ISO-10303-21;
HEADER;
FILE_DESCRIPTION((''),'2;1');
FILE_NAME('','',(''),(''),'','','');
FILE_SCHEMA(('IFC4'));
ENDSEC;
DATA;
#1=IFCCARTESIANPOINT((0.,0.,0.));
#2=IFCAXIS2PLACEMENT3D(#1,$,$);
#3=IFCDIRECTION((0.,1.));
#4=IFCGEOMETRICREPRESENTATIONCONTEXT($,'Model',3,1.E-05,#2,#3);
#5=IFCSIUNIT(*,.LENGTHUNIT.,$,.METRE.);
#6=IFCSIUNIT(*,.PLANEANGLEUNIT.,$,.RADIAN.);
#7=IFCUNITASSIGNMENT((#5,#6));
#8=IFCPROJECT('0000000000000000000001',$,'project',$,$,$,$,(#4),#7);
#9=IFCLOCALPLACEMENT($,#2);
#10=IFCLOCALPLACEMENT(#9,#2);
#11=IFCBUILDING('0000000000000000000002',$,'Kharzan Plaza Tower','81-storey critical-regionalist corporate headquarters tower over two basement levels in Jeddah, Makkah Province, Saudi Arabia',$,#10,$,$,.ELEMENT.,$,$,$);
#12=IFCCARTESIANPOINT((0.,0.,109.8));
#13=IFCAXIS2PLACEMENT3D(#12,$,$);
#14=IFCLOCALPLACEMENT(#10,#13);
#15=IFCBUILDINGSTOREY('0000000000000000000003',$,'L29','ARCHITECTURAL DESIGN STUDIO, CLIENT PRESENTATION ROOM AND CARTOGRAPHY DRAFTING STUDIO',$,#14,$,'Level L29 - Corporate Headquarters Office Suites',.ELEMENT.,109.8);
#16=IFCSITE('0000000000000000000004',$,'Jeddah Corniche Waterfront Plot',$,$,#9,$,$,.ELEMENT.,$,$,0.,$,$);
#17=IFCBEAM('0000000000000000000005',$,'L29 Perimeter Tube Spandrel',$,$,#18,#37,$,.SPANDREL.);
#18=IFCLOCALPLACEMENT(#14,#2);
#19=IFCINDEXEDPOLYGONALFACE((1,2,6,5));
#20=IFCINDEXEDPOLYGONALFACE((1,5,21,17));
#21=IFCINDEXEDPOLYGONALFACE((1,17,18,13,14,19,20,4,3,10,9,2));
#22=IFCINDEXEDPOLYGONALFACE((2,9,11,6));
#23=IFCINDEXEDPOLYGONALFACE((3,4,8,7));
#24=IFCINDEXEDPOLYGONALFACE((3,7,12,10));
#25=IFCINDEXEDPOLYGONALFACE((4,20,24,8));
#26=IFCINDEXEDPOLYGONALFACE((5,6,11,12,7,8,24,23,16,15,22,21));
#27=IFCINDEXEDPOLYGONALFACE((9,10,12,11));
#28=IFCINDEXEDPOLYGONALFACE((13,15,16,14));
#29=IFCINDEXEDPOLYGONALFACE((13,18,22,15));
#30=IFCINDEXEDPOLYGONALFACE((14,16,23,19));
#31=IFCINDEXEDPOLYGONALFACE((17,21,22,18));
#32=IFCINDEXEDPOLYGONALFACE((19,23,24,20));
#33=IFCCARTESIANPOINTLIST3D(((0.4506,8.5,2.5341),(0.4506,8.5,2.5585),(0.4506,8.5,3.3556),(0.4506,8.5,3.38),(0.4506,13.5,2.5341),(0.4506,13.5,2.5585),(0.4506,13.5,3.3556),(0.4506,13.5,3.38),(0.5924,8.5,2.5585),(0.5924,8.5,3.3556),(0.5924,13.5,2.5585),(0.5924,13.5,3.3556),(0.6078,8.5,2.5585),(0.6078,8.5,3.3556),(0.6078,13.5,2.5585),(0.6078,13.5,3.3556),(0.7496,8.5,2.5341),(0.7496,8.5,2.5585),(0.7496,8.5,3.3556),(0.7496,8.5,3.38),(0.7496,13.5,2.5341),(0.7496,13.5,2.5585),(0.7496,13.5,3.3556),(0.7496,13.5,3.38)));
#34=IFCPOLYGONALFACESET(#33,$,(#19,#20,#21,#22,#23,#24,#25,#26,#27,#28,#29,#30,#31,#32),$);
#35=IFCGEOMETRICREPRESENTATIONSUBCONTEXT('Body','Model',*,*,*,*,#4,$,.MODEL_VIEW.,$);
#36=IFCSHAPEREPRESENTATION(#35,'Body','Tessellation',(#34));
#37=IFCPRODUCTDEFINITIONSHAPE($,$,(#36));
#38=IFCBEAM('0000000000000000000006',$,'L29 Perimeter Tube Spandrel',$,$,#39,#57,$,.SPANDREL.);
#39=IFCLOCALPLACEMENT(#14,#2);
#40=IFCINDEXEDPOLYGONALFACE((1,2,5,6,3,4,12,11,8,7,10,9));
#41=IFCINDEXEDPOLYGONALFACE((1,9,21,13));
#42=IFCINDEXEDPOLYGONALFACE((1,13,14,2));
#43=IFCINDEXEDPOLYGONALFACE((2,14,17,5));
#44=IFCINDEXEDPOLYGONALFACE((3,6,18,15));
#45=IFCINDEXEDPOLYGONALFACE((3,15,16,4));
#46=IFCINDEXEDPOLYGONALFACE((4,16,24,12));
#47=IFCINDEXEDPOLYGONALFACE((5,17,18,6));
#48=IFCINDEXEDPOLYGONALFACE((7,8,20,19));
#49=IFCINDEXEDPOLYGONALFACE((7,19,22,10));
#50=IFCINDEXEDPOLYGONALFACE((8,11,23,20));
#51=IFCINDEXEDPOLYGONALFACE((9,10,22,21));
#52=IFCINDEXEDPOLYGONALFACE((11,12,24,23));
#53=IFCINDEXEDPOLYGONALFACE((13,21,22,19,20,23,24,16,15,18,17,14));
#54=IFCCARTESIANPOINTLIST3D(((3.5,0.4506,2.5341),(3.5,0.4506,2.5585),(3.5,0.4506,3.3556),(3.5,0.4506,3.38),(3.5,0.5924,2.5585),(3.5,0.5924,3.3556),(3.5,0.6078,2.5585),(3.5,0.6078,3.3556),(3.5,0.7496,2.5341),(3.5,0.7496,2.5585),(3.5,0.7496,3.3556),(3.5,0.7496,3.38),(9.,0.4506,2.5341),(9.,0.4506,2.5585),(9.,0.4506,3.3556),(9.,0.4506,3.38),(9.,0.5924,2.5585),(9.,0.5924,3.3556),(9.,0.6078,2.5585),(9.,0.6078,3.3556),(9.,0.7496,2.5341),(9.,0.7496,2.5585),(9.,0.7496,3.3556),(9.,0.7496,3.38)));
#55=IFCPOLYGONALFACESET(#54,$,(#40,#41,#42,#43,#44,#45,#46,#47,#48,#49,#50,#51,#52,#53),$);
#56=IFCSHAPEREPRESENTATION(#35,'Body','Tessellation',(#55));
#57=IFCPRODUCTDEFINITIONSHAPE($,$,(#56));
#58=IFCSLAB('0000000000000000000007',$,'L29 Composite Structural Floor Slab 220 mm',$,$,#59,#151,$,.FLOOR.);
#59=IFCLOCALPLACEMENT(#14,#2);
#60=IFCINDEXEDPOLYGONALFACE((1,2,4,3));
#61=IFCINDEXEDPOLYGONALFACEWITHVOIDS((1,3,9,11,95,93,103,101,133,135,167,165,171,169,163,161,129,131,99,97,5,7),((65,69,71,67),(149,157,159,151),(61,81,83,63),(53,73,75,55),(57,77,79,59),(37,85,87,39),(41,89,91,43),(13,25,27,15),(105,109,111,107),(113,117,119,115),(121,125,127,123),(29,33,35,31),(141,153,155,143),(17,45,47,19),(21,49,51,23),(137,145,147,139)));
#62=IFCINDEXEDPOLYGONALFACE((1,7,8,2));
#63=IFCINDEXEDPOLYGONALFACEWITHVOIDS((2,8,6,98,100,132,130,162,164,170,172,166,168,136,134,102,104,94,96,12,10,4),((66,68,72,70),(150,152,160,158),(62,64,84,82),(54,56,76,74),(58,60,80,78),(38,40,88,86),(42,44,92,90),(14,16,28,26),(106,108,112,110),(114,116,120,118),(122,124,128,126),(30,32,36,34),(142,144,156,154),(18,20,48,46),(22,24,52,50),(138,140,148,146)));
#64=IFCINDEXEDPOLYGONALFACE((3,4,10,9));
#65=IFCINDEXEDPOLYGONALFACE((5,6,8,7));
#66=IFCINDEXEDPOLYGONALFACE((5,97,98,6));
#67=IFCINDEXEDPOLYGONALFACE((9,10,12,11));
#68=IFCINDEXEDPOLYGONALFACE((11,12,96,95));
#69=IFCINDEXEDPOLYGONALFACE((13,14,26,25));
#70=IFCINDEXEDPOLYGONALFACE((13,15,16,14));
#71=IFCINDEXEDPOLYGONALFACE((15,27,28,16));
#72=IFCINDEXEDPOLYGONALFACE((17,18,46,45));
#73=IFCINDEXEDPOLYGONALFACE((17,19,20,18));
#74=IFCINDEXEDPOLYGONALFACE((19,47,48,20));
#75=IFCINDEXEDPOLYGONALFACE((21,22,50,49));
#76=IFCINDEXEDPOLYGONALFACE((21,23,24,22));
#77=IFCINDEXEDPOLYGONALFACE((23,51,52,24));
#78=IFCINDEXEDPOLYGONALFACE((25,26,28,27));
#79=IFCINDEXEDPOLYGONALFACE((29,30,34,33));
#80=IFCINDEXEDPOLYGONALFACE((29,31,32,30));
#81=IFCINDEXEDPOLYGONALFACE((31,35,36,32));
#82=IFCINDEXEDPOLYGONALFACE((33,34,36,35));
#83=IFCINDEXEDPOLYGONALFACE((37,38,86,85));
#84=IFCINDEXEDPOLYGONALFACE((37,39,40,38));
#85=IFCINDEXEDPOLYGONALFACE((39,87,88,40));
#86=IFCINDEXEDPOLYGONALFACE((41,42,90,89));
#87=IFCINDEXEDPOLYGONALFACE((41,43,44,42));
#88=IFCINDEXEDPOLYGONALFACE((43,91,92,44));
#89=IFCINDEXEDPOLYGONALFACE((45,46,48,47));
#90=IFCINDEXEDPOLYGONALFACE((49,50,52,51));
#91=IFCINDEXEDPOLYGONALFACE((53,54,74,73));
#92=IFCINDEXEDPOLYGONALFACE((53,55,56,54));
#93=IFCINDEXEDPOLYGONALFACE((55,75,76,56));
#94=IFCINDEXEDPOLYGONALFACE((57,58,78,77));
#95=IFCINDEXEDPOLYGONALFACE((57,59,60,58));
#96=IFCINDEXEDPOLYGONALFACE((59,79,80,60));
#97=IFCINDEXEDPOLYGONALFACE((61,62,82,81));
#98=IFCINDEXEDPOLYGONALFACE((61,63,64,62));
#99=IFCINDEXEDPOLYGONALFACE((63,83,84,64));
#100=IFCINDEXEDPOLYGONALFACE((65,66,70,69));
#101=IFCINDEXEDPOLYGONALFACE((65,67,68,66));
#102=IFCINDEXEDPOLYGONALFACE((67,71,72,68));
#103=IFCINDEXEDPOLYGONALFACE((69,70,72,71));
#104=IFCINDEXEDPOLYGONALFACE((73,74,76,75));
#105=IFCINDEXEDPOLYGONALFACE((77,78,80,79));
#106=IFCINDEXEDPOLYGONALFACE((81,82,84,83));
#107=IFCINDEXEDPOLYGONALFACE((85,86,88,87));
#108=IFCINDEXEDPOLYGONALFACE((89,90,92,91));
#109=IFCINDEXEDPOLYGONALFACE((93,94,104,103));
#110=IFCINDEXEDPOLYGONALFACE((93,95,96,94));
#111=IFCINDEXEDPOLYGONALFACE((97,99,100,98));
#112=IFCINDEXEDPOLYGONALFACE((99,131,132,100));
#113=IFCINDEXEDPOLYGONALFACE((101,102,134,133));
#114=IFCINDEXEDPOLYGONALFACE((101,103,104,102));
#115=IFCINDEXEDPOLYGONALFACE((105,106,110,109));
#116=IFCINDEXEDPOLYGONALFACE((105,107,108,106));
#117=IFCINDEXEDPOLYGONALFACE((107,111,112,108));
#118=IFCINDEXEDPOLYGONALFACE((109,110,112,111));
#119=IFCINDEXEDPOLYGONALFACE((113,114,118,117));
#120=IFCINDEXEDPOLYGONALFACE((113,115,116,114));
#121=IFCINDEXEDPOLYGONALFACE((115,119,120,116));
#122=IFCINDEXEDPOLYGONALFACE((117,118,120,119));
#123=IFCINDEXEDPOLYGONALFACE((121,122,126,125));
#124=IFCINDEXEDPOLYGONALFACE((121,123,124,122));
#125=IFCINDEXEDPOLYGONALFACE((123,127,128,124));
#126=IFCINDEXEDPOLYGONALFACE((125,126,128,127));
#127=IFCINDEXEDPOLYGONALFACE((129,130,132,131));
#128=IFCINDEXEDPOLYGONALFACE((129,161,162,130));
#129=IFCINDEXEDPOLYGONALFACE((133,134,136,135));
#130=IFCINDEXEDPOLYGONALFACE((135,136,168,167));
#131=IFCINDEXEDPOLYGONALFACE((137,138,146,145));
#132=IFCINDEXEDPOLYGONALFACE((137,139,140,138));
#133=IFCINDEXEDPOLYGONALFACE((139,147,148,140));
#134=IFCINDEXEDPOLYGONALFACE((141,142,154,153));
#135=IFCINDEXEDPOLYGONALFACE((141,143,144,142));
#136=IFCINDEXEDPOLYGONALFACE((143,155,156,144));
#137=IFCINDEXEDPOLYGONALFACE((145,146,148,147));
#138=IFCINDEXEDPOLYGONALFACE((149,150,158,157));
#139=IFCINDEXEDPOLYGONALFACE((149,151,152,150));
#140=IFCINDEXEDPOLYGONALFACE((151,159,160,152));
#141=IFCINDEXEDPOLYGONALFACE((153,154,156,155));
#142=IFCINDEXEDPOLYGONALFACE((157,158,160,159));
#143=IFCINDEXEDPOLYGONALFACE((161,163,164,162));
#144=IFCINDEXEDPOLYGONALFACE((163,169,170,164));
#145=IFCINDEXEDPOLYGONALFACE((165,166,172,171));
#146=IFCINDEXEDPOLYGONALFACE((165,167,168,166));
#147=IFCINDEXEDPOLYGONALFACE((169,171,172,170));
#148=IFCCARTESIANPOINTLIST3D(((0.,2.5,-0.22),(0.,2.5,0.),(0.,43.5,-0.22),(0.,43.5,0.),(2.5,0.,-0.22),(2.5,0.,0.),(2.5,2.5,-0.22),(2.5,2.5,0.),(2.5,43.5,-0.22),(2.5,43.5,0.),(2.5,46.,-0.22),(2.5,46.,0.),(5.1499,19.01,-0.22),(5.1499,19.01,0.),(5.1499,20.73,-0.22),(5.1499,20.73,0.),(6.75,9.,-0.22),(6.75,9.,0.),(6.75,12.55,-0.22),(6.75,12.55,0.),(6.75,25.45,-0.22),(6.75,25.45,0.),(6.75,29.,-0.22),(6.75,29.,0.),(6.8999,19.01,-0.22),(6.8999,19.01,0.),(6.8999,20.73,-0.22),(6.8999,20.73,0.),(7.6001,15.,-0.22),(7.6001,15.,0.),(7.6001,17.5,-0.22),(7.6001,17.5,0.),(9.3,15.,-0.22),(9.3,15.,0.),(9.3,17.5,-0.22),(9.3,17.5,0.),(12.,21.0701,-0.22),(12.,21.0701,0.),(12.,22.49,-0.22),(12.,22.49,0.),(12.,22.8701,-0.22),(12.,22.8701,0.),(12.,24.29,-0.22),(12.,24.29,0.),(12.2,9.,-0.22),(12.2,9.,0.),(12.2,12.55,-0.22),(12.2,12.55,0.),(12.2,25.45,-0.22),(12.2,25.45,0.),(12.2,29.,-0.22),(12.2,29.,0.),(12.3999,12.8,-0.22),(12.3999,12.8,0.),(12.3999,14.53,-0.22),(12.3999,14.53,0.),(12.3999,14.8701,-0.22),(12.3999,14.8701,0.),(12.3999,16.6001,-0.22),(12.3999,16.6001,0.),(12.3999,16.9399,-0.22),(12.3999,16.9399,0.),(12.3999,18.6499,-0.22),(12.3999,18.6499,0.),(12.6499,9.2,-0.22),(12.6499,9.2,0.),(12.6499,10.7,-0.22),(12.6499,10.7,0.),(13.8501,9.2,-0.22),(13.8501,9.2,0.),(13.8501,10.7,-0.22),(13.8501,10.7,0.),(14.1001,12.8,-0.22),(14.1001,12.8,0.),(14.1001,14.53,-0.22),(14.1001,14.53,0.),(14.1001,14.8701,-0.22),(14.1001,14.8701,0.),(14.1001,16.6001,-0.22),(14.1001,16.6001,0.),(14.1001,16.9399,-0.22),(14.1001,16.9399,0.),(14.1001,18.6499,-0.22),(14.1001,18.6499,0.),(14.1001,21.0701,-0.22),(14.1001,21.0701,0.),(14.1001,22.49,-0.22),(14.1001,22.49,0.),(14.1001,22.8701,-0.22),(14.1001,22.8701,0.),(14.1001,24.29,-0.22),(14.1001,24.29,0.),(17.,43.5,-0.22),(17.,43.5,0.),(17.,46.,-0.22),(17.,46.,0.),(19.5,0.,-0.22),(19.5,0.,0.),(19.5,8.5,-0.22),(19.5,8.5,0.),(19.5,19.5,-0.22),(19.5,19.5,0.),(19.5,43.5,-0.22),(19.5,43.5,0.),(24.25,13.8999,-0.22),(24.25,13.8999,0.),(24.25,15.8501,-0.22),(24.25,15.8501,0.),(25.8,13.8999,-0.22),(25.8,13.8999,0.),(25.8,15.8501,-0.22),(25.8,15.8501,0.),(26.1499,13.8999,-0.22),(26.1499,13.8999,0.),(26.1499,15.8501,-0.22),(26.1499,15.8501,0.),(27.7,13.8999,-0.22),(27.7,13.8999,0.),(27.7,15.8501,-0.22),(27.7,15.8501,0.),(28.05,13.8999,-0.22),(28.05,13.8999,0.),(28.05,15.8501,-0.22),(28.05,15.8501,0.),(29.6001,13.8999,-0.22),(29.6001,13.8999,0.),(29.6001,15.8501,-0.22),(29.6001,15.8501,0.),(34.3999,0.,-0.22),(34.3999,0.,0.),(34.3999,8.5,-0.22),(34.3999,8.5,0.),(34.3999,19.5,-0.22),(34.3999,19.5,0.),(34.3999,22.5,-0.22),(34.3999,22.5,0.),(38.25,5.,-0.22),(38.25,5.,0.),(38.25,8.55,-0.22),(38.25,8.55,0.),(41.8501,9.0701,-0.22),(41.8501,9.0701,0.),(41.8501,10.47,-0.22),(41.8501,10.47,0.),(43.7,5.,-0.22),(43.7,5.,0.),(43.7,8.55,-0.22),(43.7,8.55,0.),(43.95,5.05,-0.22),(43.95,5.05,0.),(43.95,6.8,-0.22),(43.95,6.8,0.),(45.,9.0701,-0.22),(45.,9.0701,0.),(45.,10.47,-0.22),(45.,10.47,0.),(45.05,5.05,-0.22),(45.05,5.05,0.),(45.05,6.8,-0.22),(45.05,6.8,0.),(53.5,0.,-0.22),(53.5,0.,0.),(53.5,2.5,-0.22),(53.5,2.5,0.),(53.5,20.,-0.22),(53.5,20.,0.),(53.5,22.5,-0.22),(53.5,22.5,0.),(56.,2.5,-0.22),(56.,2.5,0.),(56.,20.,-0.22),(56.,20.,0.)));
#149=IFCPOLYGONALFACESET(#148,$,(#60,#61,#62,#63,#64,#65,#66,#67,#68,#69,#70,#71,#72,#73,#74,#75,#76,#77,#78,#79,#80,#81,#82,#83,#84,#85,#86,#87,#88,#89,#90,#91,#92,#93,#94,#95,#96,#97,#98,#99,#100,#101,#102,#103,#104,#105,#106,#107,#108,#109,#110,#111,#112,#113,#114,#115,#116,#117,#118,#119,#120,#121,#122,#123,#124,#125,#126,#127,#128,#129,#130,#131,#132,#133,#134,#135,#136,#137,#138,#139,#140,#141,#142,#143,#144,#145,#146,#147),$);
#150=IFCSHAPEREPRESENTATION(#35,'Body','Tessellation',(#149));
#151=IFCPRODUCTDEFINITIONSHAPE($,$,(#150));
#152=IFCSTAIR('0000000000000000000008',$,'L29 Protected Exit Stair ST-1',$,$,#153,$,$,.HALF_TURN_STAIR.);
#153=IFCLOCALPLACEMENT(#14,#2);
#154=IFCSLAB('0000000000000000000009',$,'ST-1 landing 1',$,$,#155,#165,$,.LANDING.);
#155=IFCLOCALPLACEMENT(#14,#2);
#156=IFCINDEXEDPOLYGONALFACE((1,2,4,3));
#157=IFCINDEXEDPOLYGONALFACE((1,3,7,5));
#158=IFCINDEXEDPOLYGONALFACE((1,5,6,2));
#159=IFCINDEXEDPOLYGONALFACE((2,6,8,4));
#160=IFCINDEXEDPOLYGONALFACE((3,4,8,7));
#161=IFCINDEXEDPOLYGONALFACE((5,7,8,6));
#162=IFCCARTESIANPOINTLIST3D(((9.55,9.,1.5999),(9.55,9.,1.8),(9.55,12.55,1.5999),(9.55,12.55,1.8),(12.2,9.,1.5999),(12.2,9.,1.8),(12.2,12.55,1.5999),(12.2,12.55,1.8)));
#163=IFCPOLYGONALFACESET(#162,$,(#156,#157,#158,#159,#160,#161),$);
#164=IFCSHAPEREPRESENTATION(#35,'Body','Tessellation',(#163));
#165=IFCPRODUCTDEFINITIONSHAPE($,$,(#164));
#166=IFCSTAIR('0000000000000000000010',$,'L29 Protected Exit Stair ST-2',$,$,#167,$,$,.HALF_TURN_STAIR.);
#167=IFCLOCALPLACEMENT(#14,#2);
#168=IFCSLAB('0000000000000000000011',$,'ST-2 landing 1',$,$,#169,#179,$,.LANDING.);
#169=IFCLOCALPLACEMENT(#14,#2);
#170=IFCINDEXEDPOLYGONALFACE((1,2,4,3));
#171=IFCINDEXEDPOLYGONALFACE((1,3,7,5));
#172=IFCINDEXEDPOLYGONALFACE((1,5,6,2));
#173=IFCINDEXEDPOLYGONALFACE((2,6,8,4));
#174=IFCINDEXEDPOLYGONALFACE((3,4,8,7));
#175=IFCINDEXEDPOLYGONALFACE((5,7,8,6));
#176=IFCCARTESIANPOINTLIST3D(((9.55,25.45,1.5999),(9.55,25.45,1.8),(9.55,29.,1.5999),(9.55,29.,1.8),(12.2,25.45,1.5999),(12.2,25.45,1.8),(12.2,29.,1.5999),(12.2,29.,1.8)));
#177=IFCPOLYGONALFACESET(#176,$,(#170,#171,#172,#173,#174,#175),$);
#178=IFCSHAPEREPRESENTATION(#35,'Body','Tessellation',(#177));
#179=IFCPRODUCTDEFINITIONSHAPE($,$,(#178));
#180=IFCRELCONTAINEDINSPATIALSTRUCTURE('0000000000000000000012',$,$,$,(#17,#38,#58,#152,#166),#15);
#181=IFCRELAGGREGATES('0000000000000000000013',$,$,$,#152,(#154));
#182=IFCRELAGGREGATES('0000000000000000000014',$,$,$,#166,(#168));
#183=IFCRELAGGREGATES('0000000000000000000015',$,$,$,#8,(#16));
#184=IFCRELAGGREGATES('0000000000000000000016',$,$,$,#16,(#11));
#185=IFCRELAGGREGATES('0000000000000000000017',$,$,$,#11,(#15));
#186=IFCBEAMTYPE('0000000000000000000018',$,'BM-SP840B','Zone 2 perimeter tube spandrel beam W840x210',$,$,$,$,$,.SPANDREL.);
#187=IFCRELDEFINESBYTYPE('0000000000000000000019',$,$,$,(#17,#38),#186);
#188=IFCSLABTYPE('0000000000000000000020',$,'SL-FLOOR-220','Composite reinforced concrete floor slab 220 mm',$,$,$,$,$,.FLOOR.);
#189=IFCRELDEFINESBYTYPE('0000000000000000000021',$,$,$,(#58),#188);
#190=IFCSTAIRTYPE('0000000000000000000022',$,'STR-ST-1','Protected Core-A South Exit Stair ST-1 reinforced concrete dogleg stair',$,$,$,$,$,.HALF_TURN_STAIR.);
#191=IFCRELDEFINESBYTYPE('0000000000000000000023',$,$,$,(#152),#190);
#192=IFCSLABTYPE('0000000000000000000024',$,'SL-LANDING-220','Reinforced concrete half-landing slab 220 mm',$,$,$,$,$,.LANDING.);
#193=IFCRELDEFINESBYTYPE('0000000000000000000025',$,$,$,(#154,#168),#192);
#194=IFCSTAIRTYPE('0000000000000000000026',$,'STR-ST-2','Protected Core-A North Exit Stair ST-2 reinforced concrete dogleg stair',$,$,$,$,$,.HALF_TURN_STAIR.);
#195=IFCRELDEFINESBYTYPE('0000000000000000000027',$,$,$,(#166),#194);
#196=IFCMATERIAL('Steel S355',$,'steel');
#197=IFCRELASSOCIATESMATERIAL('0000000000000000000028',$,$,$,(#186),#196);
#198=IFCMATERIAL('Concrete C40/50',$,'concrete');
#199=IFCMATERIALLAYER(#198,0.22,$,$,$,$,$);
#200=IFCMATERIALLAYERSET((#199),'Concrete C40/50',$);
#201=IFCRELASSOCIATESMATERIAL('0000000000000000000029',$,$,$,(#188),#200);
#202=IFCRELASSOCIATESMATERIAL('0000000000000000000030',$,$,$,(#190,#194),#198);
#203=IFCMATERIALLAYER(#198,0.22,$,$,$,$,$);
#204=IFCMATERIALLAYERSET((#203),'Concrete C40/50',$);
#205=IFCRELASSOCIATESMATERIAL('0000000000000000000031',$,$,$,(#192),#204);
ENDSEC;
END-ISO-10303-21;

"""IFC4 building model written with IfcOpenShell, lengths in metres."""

from ifc_helpers import new_model, si_unit, direction, frame, origin, origin_2d, place, context, subcontext, project, spatial, polyline, i_section, outline, extrude, source, transform, mapped, material, layer, layer_set, material_profile, profile_set, type_object, element, aggregate, save


model = new_model("IFC4")

# Units and contexts
model_context = context("Model", 3, precision=1e-05, world=origin(), true_north=direction((0.0, 1.0)))
body_context = subcontext(model_context, "Body", "Model", "MODEL_VIEW")
ifc_project = project(units=[si_unit("LENGTHUNIT", "METRE"), si_unit("PLANEANGLEUNIT", "RADIAN")], contexts=[model_context])

# Site, building, storey
site_placement = place(None, origin())
site = spatial("IfcSite", under=ifc_project, at=site_placement, Name="Jeddah Corniche Waterfront Plot", CompositionType="ELEMENT", RefElevation=0.0)
building_placement = place(site_placement, origin())
building = spatial("IfcBuilding", under=site, at=building_placement, Name="Kharzan Plaza Tower", Description="81-storey critical-regionalist corporate headquarters tower over two basement levels in Jeddah, Makkah Province, Saudi Arabia", CompositionType="ELEMENT")
storey_placement = place(building_placement, frame((0.0, 0.0, 109.8)))
storey = spatial("IfcBuildingStorey", under=building, at=storey_placement, Name="L29", Description="ARCHITECTURAL DESIGN STUDIO, CLIENT PRESENTATION ROOM AND CARTOGRAPHY DRAFTING STUDIO", LongName="Level L29 - Corporate Headquarters Office Suites", CompositionType="ELEMENT", Elevation=109.8)

# Beams
ifc_material_1 = material(Name="Steel S355", Category="steel")
ifc_material_profile_1 = material_profile(ifc_material_1, i_section(OverallWidth=0.2991, OverallDepth=0.8459, WebThickness=0.0154, FlangeThickness=0.0244, at=origin_2d()), Name="W840x210")
ifc_profile_set_1 = profile_set([ifc_material_profile_1], Name="Steel S355")
beam_type_1 = type_object("IfcBeamType", Name="BM-SP840B", Description="Zone 2 perimeter tube spandrel beam W840x210", PredefinedType="SPANDREL", material=ifc_profile_set_1)
shared_shape_1 = source(origin(), body_context, "Body", "SweptSolid", [
    extrude(i_section(OverallWidth=0.2991, OverallDepth=0.8459, WebThickness=0.0154, FlangeThickness=0.0244, at=origin_2d()), origin(), (0.0, 0.0, 1.0), 5.0),
])
for number, where, z_axis, x_axis, name in (
    (1, (0.6001, 8.5, 2.957), (0.0, 1.0, 0.0), (-1.0, 0.0, 0.0), "L29 Perimeter Tube Spandrel"),
):
    element("IfcBeam", number, at=place(storey_placement, frame(where, z_axis=z_axis, x_axis=x_axis)), inside=storey, type_object=beam_type_1, Name=name, PredefinedType="SPANDREL", context=body_context, shape_type="MappedRepresentation", body=[
        mapped(shared_shape_1, transform((0.0, 0.0, 0.0), x_axis=(1.0, 0.0, 0.0), y_axis=(0.0, 1.0, 0.0), z_axis=(0.0, 0.0, 1.0))),
    ])
shared_shape_2 = source(origin(), body_context, "Body", "SweptSolid", [
    extrude(i_section(OverallWidth=0.2991, OverallDepth=0.8459, WebThickness=0.0154, FlangeThickness=0.0244, at=origin_2d()), origin(), (0.0, 0.0, 1.0), 5.5),
])
beam_1_placement = place(storey_placement, frame((3.5, 0.6001, 2.957), z_axis=(1.0, 0.0, 0.0), x_axis=(0.0, 1.0, 0.0)))
element("IfcBeam", 2, at=beam_1_placement, inside=storey, type_object=beam_type_1, Name="L29 Perimeter Tube Spandrel", PredefinedType="SPANDREL", context=body_context, shape_type="MappedRepresentation", body=[
    mapped(shared_shape_2, transform((0.0, 0.0, 0.0), x_axis=(1.0, 0.0, 0.0), y_axis=(0.0, 1.0, 0.0), z_axis=(0.0, 0.0, 1.0))),
])

# Slab
ifc_material_2 = material(Name="Concrete C40/50", Category="concrete")
ifc_layer_1 = layer(ifc_material_2, 0.22)
ifc_layer_set_1 = layer_set([ifc_layer_1], Name="Concrete C40/50")
slab_type_1 = type_object("IfcSlabType", Name="SL-FLOOR-220", Description="Composite reinforced concrete floor slab 220 mm", PredefinedType="FLOOR", material=ifc_layer_set_1)
slab_1_placement = place(storey_placement, frame((0.0, 0.0, -0.22)))
element("IfcSlab", 3, at=slab_1_placement, inside=storey, type_object=slab_type_1, Name="L29 Composite Structural Floor Slab 220 mm", PredefinedType="FLOOR", context=body_context, shape_type="SweptSolid", body=[
    extrude(outline(polyline([(34.3999, 19.5), (19.5, 19.5), (19.5, 43.5), (17.0, 43.5), (17.0, 46.0), (2.5, 46.0), (2.5, 43.5), (0.0, 43.5), (0.0, 2.5), (2.5, 2.5), (2.5, 0.0), (19.5, 0.0), (19.5, 8.5), (34.3999, 8.5), (34.3999, 0.0), (53.5, 0.0), (53.5, 2.5), (56.0, 2.5), (56.0, 20.0), (53.5, 20.0), (53.5, 22.5), (34.3999, 22.5), (34.3999, 19.5)]), holes=[polyline([(12.2, 9.0), (12.2, 12.55), (6.75, 12.55), (6.75, 9.0), (12.2, 9.0)]), polyline([(14.1001, 12.8), (14.1001, 14.53), (12.3999, 14.53), (12.3999, 12.8), (14.1001, 12.8)]), polyline([(14.1001, 14.8701), (14.1001, 16.6001), (12.3999, 16.6001), (12.3999, 14.8701), (14.1001, 14.8701)]), polyline([(9.3, 15.0), (9.3, 17.5), (7.6001, 17.5), (7.6001, 15.0), (9.3, 15.0)]), polyline([(6.8999, 19.01), (6.8999, 20.73), (5.1499, 20.73), (5.1499, 19.01), (6.8999, 19.01)]), polyline([(14.1001, 21.0701), (14.1001, 22.49), (12.0, 22.49), (12.0, 21.0701), (14.1001, 21.0701)]), polyline([(14.1001, 22.8701), (14.1001, 24.29), (12.0, 24.29), (12.0, 22.8701), (14.1001, 22.8701)]), polyline([(12.2, 25.45), (12.2, 29.0), (6.75, 29.0), (6.75, 25.45), (12.2, 25.45)]), polyline([(45.05, 5.05), (45.05, 6.8), (43.95, 6.8), (43.95, 5.05), (45.05, 5.05)]), polyline([(43.7, 5.0), (43.7, 8.55), (38.25, 8.55), (38.25, 5.0), (43.7, 5.0)]), polyline([(45.0, 9.0701), (45.0, 10.47), (41.8501, 10.47), (41.8501, 9.0701), (45.0, 9.0701)]), polyline([(13.8501, 9.2), (13.8501, 10.7), (12.6499, 10.7), (12.6499, 9.2), (13.8501, 9.2)]), polyline([(25.8, 13.8999), (25.8, 15.8501), (24.25, 15.8501), (24.25, 13.8999), (25.8, 13.8999)]), polyline([(27.7, 13.8999), (27.7, 15.8501), (26.1499, 15.8501), (26.1499, 13.8999), (27.7, 13.8999)]), polyline([(29.6001, 13.8999), (29.6001, 15.8501), (28.05, 15.8501), (28.05, 13.8999), (29.6001, 13.8999)]), polyline([(14.1001, 16.9399), (14.1001, 18.6499), (12.3999, 18.6499), (12.3999, 16.9399), (14.1001, 16.9399)])]), origin(), (0.0, 0.0, 1.0), 0.22),
])

# Stairs, slabs
stair_type_1 = type_object("IfcStairType", Name="STR-ST-1", Description="Protected Core-A South Exit Stair ST-1 reinforced concrete dogleg stair", PredefinedType="HALF_TURN_STAIR", material=ifc_material_2)
stair_1_placement = place(storey_placement, origin())
stair_1 = element("IfcStair", 4, at=stair_1_placement, inside=storey, type_object=stair_type_1, Name="L29 Protected Exit Stair ST-1", PredefinedType="HALF_TURN_STAIR")
ifc_layer_2 = layer(ifc_material_2, 0.22)
ifc_layer_set_2 = layer_set([ifc_layer_2], Name="Concrete C40/50")
slab_type_2 = type_object("IfcSlabType", Name="SL-LANDING-220", Description="Reinforced concrete half-landing slab 220 mm", PredefinedType="LANDING", material=ifc_layer_set_2)
slab_2_placement = place(storey_placement, frame((0.0, 0.0, 1.5999)))
slab_2 = element("IfcSlab", 5, at=slab_2_placement, type_object=slab_type_2, Name="ST-1 landing 1", PredefinedType="LANDING", context=body_context, shape_type="SweptSolid", body=[
    extrude(outline(polyline([(9.55, 9.0), (12.2, 9.0), (12.2, 12.55), (9.55, 12.55), (9.55, 9.0)])), origin(), (0.0, 0.0, 1.0), 0.2002),
])
aggregate(stair_1, [slab_2])
stair_type_2 = type_object("IfcStairType", Name="STR-ST-2", Description="Protected Core-A North Exit Stair ST-2 reinforced concrete dogleg stair", PredefinedType="HALF_TURN_STAIR", material=ifc_material_2)
stair_2_placement = place(storey_placement, origin())
stair_2 = element("IfcStair", 6, at=stair_2_placement, inside=storey, type_object=stair_type_2, Name="L29 Protected Exit Stair ST-2", PredefinedType="HALF_TURN_STAIR")
slab_3_placement = place(storey_placement, frame((0.0, 0.0, 1.5999)))
slab_3 = element("IfcSlab", 7, at=slab_3_placement, type_object=slab_type_2, Name="ST-2 landing 1", PredefinedType="LANDING", context=body_context, shape_type="SweptSolid", body=[
    extrude(outline(polyline([(9.55, 25.45), (12.2, 25.45), (12.2, 29.0), (9.55, 29.0), (9.55, 25.45)])), origin(), (0.0, 0.0, 1.0), 0.2002),
])
aggregate(stair_2, [slab_3])

save(model, "model.ifc")
